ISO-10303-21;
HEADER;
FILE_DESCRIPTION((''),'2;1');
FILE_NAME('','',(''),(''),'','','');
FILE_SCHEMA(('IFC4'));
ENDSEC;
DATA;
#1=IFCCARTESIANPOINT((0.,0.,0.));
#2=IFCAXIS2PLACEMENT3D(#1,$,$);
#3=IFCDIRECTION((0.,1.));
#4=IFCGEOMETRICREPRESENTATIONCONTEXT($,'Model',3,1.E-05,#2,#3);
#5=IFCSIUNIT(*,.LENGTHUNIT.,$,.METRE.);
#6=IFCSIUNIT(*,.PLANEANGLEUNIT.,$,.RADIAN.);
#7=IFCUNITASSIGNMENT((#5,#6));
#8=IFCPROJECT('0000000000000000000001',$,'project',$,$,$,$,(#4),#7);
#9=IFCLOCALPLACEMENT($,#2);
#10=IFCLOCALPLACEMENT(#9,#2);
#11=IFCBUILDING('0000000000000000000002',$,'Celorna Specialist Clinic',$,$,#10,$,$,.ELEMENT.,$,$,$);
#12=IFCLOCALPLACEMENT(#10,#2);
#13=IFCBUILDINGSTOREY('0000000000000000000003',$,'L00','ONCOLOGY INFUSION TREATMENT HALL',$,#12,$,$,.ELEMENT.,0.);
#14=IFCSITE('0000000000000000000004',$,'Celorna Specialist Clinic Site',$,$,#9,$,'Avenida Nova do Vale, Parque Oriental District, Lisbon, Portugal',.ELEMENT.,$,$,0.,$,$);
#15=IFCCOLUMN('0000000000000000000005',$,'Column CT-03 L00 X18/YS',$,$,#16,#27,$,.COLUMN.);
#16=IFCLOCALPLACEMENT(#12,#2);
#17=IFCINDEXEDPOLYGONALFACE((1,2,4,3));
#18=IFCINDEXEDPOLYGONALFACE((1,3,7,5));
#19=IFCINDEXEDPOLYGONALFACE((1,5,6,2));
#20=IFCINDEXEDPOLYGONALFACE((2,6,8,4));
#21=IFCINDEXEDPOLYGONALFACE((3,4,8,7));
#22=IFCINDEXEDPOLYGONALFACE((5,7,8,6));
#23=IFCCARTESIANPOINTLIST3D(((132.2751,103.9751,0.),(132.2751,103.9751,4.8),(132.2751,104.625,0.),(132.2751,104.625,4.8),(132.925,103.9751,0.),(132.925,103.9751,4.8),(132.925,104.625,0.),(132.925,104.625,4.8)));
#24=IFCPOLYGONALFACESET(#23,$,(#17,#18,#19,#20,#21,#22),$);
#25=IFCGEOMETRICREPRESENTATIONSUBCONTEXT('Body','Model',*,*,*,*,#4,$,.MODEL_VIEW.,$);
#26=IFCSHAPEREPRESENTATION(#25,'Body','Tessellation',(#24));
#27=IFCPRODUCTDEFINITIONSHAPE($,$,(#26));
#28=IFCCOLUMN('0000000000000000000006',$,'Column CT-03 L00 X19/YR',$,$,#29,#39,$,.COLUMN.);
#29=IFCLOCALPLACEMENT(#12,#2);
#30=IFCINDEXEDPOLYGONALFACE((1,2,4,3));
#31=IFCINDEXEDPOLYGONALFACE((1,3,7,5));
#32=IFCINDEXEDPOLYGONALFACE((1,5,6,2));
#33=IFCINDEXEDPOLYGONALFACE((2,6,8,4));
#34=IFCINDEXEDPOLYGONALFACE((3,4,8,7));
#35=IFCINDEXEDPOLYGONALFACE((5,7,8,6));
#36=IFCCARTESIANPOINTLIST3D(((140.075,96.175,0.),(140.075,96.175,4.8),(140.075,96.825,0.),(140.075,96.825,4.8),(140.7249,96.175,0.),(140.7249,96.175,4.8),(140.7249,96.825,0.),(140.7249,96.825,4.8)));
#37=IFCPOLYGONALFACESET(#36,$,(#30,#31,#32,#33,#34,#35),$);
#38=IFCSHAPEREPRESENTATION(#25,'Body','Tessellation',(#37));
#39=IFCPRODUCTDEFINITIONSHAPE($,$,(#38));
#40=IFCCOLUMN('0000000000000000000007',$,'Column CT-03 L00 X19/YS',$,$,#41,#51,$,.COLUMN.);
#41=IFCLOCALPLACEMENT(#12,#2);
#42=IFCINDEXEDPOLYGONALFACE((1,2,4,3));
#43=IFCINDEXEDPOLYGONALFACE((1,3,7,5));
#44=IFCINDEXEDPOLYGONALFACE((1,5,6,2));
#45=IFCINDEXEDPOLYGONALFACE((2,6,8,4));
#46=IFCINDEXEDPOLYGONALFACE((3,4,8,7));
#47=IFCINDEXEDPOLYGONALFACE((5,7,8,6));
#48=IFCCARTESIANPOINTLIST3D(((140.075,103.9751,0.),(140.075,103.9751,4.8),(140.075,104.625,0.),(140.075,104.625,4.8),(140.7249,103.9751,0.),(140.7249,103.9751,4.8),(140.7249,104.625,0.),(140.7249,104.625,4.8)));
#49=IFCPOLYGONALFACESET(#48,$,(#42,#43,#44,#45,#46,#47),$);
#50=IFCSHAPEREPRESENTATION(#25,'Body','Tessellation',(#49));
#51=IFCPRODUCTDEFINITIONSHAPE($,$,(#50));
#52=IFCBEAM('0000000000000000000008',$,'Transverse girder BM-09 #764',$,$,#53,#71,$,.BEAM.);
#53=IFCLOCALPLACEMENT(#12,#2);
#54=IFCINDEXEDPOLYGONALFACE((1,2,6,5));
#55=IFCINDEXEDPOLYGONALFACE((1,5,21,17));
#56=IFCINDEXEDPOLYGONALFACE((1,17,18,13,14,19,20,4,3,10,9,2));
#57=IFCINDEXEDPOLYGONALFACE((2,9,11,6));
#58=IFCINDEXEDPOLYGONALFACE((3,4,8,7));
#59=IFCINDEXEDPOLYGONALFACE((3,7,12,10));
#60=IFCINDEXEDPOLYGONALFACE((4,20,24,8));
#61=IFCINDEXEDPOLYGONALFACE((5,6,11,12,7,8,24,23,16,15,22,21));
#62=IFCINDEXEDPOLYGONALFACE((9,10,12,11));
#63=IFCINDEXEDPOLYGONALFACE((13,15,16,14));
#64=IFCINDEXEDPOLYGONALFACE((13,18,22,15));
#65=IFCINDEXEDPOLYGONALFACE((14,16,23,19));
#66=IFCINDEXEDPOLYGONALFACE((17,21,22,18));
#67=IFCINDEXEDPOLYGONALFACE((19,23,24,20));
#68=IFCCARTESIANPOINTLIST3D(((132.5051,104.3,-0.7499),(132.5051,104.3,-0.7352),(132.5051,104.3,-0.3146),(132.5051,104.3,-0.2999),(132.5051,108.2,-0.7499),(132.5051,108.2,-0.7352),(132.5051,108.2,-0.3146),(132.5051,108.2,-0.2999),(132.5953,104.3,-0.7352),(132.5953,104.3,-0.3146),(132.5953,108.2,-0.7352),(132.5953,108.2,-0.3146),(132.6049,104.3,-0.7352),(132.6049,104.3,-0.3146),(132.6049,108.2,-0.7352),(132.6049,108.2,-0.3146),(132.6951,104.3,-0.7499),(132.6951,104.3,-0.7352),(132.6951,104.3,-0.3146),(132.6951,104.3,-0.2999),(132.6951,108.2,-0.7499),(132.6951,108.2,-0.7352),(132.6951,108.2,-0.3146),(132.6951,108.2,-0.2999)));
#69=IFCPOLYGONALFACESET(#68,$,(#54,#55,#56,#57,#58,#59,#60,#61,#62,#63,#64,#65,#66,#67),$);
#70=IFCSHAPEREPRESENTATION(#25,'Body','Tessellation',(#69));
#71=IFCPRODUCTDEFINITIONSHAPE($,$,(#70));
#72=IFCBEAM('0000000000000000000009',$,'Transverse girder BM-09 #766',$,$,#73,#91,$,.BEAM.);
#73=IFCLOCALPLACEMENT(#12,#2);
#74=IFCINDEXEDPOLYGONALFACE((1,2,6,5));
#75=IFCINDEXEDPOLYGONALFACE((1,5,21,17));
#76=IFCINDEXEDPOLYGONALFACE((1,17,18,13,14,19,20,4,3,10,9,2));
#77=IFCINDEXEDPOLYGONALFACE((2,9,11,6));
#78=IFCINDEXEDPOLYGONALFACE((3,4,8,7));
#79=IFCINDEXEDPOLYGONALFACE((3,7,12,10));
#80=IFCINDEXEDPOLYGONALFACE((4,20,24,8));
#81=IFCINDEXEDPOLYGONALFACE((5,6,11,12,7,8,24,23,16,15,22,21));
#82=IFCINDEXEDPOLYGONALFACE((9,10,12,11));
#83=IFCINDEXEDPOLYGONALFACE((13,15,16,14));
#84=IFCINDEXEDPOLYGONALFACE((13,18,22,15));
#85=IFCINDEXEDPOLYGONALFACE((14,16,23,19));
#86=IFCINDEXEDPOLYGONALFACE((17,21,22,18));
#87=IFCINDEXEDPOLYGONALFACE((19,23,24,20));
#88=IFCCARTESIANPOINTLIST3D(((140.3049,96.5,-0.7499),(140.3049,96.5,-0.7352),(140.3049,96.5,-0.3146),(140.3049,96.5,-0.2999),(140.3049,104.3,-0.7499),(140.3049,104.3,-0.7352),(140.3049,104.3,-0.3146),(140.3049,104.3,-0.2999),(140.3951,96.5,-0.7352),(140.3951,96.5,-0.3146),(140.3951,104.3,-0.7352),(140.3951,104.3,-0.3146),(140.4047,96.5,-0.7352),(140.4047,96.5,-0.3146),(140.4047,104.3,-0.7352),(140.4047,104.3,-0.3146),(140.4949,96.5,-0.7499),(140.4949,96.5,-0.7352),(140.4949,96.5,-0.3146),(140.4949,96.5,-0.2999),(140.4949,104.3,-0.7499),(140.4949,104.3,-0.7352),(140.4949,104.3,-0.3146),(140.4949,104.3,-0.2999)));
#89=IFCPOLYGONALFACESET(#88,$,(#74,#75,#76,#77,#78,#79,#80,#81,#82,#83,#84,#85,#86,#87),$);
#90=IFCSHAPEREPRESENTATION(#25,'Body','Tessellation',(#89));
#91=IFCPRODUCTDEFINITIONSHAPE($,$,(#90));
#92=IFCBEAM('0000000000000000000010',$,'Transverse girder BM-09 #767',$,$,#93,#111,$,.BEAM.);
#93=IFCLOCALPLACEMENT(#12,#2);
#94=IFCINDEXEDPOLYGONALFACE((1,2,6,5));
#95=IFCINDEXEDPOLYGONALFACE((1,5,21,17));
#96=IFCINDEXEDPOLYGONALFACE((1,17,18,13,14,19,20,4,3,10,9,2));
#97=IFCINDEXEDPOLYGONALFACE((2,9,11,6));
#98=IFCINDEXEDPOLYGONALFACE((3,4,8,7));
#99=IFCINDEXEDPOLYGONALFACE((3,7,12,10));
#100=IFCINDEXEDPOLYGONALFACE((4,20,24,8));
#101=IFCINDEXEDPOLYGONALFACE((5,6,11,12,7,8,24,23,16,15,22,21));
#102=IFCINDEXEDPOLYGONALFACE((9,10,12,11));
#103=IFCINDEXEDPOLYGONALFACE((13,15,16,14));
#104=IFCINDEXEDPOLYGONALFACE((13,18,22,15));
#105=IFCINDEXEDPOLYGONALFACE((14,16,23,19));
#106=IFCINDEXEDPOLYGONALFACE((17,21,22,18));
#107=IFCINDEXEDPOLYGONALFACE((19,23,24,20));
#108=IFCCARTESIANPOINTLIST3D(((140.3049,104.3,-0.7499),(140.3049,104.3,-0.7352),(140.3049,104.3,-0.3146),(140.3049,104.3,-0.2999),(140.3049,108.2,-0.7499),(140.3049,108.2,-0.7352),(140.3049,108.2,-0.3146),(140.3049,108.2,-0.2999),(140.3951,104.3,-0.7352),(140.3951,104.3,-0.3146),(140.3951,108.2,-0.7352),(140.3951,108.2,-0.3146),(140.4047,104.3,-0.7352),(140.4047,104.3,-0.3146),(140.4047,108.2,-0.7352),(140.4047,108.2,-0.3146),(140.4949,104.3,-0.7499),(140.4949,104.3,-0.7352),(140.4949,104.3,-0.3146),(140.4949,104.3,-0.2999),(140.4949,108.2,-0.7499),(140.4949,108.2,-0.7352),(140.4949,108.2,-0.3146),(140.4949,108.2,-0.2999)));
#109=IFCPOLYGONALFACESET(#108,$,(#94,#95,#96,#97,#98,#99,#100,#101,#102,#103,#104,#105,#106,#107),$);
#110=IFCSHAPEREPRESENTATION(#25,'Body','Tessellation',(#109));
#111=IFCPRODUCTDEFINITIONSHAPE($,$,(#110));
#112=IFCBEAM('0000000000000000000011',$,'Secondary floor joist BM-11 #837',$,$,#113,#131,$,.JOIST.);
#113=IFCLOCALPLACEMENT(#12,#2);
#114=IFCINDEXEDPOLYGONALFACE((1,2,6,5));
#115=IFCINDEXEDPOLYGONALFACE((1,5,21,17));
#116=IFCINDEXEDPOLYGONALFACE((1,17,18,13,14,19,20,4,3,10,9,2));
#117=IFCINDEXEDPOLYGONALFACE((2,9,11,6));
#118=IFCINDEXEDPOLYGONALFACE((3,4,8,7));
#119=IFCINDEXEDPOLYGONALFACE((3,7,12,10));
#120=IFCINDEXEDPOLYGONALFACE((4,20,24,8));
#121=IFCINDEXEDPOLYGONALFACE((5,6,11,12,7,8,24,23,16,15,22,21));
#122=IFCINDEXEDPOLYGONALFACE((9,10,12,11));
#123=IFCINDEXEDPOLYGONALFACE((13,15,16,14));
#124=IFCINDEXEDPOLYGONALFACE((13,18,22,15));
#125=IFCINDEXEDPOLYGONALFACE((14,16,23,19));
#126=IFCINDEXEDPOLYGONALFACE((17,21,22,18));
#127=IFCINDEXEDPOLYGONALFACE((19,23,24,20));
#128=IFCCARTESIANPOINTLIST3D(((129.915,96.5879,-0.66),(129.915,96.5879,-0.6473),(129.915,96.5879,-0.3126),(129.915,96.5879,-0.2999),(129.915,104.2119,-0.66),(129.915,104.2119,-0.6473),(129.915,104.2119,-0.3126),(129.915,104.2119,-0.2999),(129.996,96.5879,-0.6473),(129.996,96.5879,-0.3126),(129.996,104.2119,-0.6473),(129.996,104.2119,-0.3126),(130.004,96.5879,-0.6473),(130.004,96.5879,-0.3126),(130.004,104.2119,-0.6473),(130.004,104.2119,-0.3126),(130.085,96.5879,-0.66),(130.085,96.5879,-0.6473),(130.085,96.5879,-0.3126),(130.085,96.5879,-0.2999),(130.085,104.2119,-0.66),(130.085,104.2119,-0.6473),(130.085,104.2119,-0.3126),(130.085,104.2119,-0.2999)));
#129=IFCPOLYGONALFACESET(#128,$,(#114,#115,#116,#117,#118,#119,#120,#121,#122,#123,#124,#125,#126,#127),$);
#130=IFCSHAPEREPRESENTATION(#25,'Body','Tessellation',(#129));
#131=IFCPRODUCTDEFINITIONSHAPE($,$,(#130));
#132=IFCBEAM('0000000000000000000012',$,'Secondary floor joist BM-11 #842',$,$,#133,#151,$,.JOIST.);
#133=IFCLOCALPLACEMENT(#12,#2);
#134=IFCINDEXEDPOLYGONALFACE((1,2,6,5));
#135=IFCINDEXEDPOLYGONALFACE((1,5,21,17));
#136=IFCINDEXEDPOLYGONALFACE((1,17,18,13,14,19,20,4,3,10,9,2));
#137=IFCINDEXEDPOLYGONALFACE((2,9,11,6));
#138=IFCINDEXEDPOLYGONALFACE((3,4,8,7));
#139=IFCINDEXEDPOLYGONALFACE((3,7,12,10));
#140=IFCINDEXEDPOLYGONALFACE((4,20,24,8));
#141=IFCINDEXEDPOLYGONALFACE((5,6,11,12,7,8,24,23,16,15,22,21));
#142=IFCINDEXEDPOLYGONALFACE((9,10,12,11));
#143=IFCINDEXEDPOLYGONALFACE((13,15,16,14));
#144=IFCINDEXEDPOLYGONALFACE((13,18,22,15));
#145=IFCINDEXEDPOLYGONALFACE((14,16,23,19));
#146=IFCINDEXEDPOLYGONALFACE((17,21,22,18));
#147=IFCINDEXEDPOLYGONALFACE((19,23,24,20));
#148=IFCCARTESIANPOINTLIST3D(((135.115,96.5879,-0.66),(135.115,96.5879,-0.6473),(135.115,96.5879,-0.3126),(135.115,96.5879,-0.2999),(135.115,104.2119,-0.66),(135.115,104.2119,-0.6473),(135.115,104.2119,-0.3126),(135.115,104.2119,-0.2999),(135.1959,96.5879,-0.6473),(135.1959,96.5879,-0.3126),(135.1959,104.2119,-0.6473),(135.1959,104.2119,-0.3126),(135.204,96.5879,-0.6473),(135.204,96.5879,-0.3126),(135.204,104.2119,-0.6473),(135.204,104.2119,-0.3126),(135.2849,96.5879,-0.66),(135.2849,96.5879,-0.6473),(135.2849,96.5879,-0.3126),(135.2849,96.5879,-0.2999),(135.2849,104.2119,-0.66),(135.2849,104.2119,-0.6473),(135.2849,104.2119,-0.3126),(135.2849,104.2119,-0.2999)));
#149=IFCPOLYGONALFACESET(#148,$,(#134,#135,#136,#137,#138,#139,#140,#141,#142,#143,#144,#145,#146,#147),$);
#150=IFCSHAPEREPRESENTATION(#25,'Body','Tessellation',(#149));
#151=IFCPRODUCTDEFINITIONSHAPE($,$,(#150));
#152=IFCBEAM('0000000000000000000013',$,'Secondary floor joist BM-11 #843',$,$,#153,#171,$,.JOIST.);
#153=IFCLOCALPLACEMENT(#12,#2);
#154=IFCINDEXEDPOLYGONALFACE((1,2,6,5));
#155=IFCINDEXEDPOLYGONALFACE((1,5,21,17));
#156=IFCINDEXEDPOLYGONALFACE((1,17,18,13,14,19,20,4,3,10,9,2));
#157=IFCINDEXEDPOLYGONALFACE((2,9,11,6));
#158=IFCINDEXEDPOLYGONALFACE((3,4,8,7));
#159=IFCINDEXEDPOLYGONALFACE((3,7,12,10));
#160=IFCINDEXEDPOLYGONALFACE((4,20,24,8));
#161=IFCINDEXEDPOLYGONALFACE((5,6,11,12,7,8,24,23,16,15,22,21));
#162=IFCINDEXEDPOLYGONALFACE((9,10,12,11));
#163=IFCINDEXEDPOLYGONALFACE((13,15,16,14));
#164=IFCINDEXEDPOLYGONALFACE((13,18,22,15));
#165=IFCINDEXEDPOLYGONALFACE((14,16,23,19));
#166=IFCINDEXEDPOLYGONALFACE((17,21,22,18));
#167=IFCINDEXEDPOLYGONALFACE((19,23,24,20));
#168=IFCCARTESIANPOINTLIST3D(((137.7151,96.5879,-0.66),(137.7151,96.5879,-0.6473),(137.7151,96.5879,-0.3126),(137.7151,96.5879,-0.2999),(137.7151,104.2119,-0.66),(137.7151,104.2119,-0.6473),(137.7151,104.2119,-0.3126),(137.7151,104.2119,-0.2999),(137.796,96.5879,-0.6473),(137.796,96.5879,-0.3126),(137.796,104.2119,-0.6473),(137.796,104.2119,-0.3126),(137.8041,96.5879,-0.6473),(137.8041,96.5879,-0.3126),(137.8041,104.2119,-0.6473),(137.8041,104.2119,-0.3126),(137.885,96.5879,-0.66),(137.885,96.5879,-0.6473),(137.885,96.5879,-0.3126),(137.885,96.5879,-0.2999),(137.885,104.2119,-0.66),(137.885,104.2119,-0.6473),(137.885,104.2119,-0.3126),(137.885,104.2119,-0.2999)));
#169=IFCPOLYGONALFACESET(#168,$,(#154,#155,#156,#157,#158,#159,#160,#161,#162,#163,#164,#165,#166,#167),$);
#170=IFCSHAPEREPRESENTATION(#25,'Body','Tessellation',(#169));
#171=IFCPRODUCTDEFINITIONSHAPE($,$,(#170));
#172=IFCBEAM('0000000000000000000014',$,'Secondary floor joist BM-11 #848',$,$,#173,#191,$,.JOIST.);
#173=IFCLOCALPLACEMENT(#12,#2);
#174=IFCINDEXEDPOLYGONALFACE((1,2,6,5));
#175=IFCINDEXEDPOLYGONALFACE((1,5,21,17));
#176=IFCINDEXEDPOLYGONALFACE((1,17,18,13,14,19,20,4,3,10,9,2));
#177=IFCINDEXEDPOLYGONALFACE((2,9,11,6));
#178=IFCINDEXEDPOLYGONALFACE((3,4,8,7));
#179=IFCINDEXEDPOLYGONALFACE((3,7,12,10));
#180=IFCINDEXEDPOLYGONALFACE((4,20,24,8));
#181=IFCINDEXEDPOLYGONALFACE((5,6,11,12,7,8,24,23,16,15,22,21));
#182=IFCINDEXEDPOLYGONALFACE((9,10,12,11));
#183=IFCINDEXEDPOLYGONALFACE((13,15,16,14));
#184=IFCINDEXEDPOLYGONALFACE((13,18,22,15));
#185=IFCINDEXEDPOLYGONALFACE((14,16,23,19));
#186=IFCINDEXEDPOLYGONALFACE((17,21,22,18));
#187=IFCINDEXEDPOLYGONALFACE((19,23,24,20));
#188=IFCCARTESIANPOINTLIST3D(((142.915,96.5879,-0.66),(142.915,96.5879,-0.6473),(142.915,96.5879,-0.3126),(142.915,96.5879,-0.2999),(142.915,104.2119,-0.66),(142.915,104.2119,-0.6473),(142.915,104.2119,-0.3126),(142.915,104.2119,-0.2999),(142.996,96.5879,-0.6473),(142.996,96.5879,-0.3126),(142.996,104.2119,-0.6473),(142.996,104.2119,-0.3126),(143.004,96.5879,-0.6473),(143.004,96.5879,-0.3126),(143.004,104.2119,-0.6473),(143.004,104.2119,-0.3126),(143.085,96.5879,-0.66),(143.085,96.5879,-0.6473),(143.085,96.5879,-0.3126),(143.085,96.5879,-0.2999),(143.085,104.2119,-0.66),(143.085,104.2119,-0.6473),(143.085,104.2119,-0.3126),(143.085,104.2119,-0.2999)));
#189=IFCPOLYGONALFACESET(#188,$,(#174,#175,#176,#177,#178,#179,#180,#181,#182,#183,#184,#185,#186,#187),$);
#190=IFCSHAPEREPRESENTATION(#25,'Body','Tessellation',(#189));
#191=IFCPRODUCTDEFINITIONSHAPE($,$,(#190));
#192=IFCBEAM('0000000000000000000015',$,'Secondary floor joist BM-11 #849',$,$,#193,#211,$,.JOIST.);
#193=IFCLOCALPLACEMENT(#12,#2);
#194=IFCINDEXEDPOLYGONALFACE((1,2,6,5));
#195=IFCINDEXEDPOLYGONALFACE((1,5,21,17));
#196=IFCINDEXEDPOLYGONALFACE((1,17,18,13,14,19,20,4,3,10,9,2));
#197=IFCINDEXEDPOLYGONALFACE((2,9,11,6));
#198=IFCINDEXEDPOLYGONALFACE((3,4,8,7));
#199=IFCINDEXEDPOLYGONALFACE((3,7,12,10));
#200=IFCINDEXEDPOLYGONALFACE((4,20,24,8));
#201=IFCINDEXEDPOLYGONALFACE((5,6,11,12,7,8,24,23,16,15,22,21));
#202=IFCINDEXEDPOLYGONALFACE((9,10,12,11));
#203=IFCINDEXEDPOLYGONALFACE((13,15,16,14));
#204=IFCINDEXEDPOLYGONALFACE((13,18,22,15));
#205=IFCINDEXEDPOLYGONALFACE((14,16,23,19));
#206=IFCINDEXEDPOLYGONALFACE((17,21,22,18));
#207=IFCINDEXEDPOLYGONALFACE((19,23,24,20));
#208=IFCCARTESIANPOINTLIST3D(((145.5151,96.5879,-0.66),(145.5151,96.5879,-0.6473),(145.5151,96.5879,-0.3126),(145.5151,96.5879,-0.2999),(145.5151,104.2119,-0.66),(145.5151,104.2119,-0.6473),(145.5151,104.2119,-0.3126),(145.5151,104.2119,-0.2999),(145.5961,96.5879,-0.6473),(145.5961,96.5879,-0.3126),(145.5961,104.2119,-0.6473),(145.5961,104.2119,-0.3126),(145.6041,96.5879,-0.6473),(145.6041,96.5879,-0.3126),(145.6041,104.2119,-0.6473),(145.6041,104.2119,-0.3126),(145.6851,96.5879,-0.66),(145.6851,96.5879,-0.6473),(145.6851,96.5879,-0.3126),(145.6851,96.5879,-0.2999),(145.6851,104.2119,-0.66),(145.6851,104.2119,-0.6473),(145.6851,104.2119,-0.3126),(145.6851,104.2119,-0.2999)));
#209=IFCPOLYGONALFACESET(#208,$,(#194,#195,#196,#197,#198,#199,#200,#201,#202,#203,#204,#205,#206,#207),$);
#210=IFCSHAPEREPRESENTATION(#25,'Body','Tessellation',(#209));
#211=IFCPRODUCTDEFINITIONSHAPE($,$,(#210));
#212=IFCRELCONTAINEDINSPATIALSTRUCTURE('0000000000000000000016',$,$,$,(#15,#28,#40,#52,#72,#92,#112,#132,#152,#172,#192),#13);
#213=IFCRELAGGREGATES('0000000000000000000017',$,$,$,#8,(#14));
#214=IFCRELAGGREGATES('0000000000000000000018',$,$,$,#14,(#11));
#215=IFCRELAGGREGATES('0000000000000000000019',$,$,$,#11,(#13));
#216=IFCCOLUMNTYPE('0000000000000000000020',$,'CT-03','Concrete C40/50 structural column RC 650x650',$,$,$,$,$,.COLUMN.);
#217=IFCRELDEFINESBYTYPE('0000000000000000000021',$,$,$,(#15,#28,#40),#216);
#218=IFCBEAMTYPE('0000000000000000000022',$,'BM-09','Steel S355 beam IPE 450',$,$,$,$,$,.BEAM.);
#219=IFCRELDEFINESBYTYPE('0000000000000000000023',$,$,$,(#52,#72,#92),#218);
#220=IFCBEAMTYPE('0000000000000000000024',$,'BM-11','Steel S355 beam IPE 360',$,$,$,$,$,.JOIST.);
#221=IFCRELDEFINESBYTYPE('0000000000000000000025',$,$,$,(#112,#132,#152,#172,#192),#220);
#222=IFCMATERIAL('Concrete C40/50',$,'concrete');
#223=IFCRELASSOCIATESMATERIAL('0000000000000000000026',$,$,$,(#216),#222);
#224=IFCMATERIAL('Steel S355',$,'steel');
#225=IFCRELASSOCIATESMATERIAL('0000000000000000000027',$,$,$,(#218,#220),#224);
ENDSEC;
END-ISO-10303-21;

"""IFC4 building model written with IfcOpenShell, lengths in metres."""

from ifc_helpers import new_model, si_unit, direction, frame, origin, origin_2d, place, context, subcontext, project, spatial, rectangle, i_section, extrude, material, material_profile, profile_set, type_object, element, save


model = new_model("IFC4")

# Units and contexts
model_context = context("Model", 3, precision=1e-05, world=origin(), true_north=direction((0.0, 1.0)))
body_context = subcontext(model_context, "Body", "Model", "MODEL_VIEW")
ifc_project = project(units=[si_unit("LENGTHUNIT", "METRE"), si_unit("PLANEANGLEUNIT", "RADIAN")], contexts=[model_context])

# Site, building, storey
site_placement = place(None, origin())
site = spatial("IfcSite", under=ifc_project, at=site_placement, Name="Celorna Specialist Clinic Site", LongName="Avenida Nova do Vale, Parque Oriental District, Lisbon, Portugal", CompositionType="ELEMENT", RefElevation=0.0)
building_placement = place(site_placement, origin())
building = spatial("IfcBuilding", under=site, at=building_placement, Name="Celorna Specialist Clinic", CompositionType="ELEMENT")
storey_placement = place(building_placement, origin())
storey = spatial("IfcBuildingStorey", under=building, at=storey_placement, Name="L00", Description="ONCOLOGY INFUSION TREATMENT HALL", CompositionType="ELEMENT", Elevation=0.0)

# Columns
ifc_material_1 = material(Name="Concrete C40/50", Category="concrete")
ifc_material_profile_1 = material_profile(ifc_material_1, rectangle(XDim=0.6499, YDim=0.6499, at=origin_2d()), Name="RC 650x650")
ifc_profile_set_1 = profile_set([ifc_material_profile_1], Name="Concrete C40/50")
column_type = type_object("IfcColumnType", Name="CT-03", Description="Concrete C40/50 structural column RC 650x650", PredefinedType="COLUMN", material=ifc_profile_set_1)
for number, where, z_axis, x_axis, name in (
    (1, (132.6001, 104.3, 0.0), (0.0, 0.0, 1.0), (1.0, 0.0, 0.0), "Column CT-03 L00 X18/YS"),
    (2, (140.3999, 96.5, 0.0), (0.0, 0.0, 1.0), (1.0, 0.0, 0.0), "Column CT-03 L00 X19/YR"),
    (3, (140.3999, 104.3, 0.0), (0.0, 0.0, 1.0), (1.0, 0.0, 0.0), "Column CT-03 L00 X19/YS"),
):
    element("IfcColumn", number, at=place(storey_placement, frame(where, z_axis=z_axis, x_axis=x_axis)), inside=storey, type_object=column_type, Name=name, PredefinedType="COLUMN", context=body_context, shape_type="SweptSolid", body=[
        extrude(rectangle(XDim=0.6499, YDim=0.6499, at=origin_2d()), origin(), (0.0, 0.0, 1.0), 4.8),
    ])

# Beams
ifc_material_2 = material(Name="Steel S355", Category="steel")
ifc_material_profile_2 = material_profile(ifc_material_2, i_section(OverallWidth=0.1899, OverallDepth=0.45, WebThickness=0.0095, FlangeThickness=0.0146, at=origin_2d()), Name="IPE 450")
ifc_profile_set_2 = profile_set([ifc_material_profile_2], Name="Steel S355")
beam_type_1 = type_object("IfcBeamType", Name="BM-09", Description="Steel S355 beam IPE 450", PredefinedType="BEAM", material=ifc_profile_set_2)
beam_1_placement = place(storey_placement, frame((132.6001, 104.3, -0.5249), z_axis=(0.0, 1.0, 0.0), x_axis=(-1.0, 0.0, 0.0)))
element("IfcBeam", 4, at=beam_1_placement, inside=storey, type_object=beam_type_1, Name="Transverse girder BM-09 #764", PredefinedType="BEAM", context=body_context, shape_type="SweptSolid", body=[
    extrude(i_section(OverallWidth=0.1899, OverallDepth=0.45, WebThickness=0.0095, FlangeThickness=0.0146, at=origin_2d()), origin(), (0.0, 0.0, 1.0), 3.8999),
])
beam_2_placement = place(storey_placement, frame((140.3999, 96.5, -0.5249), z_axis=(0.0, 1.0, 0.0), x_axis=(-1.0, 0.0, 0.0)))
element("IfcBeam", 5, at=beam_2_placement, inside=storey, type_object=beam_type_1, Name="Transverse girder BM-09 #766", PredefinedType="BEAM", context=body_context, shape_type="SweptSolid", body=[
    extrude(i_section(OverallWidth=0.1899, OverallDepth=0.45, WebThickness=0.0095, FlangeThickness=0.0146, at=origin_2d()), origin(), (0.0, 0.0, 1.0), 7.8),
])
beam_3_placement = place(storey_placement, frame((140.3999, 104.3, -0.5249), z_axis=(0.0, 1.0, 0.0), x_axis=(-1.0, 0.0, 0.0)))
element("IfcBeam", 6, at=beam_3_placement, inside=storey, type_object=beam_type_1, Name="Transverse girder BM-09 #767", PredefinedType="BEAM", context=body_context, shape_type="SweptSolid", body=[
    extrude(i_section(OverallWidth=0.1899, OverallDepth=0.45, WebThickness=0.0095, FlangeThickness=0.0146, at=origin_2d()), origin(), (0.0, 0.0, 1.0), 3.8999),
])
ifc_material_profile_3 = material_profile(ifc_material_2, i_section(OverallWidth=0.1699, OverallDepth=0.3601, WebThickness=0.0081, FlangeThickness=0.0127, at=origin_2d()), Name="IPE 360")
ifc_profile_set_3 = profile_set([ifc_material_profile_3], Name="Steel S355")
beam_type_2 = type_object("IfcBeamType", Name="BM-11", Description="Steel S355 beam IPE 360", PredefinedType="JOIST", material=ifc_profile_set_3)
for number, where, z_axis, x_axis, name in (
    (7, (130.0, 96.5879, -0.48), (0.0, 1.0, 0.0), (-1.0, 0.0, 0.0), "Secondary floor joist BM-11 #837"),
    (8, (135.2, 96.5879, -0.48), (0.0, 1.0, 0.0), (-1.0, 0.0, 0.0), "Secondary floor joist BM-11 #842"),
    (9, (137.8, 96.5879, -0.48), (0.0, 1.0, 0.0), (-1.0, 0.0, 0.0), "Secondary floor joist BM-11 #843"),
    (10, (143.0, 96.5879, -0.48), (0.0, 1.0, 0.0), (-1.0, 0.0, 0.0), "Secondary floor joist BM-11 #848"),
    (11, (145.6001, 96.5879, -0.48), (0.0, 1.0, 0.0), (-1.0, 0.0, 0.0), "Secondary floor joist BM-11 #849"),
):
    element("IfcBeam", number, at=place(storey_placement, frame(where, z_axis=z_axis, x_axis=x_axis)), inside=storey, type_object=beam_type_2, Name=name, PredefinedType="JOIST", context=body_context, shape_type="SweptSolid", body=[
        extrude(i_section(OverallWidth=0.1699, OverallDepth=0.3601, WebThickness=0.0081, FlangeThickness=0.0127, at=origin_2d()), origin(), (0.0, 0.0, 1.0), 7.624),
    ])

save(model, "model.ifc")
